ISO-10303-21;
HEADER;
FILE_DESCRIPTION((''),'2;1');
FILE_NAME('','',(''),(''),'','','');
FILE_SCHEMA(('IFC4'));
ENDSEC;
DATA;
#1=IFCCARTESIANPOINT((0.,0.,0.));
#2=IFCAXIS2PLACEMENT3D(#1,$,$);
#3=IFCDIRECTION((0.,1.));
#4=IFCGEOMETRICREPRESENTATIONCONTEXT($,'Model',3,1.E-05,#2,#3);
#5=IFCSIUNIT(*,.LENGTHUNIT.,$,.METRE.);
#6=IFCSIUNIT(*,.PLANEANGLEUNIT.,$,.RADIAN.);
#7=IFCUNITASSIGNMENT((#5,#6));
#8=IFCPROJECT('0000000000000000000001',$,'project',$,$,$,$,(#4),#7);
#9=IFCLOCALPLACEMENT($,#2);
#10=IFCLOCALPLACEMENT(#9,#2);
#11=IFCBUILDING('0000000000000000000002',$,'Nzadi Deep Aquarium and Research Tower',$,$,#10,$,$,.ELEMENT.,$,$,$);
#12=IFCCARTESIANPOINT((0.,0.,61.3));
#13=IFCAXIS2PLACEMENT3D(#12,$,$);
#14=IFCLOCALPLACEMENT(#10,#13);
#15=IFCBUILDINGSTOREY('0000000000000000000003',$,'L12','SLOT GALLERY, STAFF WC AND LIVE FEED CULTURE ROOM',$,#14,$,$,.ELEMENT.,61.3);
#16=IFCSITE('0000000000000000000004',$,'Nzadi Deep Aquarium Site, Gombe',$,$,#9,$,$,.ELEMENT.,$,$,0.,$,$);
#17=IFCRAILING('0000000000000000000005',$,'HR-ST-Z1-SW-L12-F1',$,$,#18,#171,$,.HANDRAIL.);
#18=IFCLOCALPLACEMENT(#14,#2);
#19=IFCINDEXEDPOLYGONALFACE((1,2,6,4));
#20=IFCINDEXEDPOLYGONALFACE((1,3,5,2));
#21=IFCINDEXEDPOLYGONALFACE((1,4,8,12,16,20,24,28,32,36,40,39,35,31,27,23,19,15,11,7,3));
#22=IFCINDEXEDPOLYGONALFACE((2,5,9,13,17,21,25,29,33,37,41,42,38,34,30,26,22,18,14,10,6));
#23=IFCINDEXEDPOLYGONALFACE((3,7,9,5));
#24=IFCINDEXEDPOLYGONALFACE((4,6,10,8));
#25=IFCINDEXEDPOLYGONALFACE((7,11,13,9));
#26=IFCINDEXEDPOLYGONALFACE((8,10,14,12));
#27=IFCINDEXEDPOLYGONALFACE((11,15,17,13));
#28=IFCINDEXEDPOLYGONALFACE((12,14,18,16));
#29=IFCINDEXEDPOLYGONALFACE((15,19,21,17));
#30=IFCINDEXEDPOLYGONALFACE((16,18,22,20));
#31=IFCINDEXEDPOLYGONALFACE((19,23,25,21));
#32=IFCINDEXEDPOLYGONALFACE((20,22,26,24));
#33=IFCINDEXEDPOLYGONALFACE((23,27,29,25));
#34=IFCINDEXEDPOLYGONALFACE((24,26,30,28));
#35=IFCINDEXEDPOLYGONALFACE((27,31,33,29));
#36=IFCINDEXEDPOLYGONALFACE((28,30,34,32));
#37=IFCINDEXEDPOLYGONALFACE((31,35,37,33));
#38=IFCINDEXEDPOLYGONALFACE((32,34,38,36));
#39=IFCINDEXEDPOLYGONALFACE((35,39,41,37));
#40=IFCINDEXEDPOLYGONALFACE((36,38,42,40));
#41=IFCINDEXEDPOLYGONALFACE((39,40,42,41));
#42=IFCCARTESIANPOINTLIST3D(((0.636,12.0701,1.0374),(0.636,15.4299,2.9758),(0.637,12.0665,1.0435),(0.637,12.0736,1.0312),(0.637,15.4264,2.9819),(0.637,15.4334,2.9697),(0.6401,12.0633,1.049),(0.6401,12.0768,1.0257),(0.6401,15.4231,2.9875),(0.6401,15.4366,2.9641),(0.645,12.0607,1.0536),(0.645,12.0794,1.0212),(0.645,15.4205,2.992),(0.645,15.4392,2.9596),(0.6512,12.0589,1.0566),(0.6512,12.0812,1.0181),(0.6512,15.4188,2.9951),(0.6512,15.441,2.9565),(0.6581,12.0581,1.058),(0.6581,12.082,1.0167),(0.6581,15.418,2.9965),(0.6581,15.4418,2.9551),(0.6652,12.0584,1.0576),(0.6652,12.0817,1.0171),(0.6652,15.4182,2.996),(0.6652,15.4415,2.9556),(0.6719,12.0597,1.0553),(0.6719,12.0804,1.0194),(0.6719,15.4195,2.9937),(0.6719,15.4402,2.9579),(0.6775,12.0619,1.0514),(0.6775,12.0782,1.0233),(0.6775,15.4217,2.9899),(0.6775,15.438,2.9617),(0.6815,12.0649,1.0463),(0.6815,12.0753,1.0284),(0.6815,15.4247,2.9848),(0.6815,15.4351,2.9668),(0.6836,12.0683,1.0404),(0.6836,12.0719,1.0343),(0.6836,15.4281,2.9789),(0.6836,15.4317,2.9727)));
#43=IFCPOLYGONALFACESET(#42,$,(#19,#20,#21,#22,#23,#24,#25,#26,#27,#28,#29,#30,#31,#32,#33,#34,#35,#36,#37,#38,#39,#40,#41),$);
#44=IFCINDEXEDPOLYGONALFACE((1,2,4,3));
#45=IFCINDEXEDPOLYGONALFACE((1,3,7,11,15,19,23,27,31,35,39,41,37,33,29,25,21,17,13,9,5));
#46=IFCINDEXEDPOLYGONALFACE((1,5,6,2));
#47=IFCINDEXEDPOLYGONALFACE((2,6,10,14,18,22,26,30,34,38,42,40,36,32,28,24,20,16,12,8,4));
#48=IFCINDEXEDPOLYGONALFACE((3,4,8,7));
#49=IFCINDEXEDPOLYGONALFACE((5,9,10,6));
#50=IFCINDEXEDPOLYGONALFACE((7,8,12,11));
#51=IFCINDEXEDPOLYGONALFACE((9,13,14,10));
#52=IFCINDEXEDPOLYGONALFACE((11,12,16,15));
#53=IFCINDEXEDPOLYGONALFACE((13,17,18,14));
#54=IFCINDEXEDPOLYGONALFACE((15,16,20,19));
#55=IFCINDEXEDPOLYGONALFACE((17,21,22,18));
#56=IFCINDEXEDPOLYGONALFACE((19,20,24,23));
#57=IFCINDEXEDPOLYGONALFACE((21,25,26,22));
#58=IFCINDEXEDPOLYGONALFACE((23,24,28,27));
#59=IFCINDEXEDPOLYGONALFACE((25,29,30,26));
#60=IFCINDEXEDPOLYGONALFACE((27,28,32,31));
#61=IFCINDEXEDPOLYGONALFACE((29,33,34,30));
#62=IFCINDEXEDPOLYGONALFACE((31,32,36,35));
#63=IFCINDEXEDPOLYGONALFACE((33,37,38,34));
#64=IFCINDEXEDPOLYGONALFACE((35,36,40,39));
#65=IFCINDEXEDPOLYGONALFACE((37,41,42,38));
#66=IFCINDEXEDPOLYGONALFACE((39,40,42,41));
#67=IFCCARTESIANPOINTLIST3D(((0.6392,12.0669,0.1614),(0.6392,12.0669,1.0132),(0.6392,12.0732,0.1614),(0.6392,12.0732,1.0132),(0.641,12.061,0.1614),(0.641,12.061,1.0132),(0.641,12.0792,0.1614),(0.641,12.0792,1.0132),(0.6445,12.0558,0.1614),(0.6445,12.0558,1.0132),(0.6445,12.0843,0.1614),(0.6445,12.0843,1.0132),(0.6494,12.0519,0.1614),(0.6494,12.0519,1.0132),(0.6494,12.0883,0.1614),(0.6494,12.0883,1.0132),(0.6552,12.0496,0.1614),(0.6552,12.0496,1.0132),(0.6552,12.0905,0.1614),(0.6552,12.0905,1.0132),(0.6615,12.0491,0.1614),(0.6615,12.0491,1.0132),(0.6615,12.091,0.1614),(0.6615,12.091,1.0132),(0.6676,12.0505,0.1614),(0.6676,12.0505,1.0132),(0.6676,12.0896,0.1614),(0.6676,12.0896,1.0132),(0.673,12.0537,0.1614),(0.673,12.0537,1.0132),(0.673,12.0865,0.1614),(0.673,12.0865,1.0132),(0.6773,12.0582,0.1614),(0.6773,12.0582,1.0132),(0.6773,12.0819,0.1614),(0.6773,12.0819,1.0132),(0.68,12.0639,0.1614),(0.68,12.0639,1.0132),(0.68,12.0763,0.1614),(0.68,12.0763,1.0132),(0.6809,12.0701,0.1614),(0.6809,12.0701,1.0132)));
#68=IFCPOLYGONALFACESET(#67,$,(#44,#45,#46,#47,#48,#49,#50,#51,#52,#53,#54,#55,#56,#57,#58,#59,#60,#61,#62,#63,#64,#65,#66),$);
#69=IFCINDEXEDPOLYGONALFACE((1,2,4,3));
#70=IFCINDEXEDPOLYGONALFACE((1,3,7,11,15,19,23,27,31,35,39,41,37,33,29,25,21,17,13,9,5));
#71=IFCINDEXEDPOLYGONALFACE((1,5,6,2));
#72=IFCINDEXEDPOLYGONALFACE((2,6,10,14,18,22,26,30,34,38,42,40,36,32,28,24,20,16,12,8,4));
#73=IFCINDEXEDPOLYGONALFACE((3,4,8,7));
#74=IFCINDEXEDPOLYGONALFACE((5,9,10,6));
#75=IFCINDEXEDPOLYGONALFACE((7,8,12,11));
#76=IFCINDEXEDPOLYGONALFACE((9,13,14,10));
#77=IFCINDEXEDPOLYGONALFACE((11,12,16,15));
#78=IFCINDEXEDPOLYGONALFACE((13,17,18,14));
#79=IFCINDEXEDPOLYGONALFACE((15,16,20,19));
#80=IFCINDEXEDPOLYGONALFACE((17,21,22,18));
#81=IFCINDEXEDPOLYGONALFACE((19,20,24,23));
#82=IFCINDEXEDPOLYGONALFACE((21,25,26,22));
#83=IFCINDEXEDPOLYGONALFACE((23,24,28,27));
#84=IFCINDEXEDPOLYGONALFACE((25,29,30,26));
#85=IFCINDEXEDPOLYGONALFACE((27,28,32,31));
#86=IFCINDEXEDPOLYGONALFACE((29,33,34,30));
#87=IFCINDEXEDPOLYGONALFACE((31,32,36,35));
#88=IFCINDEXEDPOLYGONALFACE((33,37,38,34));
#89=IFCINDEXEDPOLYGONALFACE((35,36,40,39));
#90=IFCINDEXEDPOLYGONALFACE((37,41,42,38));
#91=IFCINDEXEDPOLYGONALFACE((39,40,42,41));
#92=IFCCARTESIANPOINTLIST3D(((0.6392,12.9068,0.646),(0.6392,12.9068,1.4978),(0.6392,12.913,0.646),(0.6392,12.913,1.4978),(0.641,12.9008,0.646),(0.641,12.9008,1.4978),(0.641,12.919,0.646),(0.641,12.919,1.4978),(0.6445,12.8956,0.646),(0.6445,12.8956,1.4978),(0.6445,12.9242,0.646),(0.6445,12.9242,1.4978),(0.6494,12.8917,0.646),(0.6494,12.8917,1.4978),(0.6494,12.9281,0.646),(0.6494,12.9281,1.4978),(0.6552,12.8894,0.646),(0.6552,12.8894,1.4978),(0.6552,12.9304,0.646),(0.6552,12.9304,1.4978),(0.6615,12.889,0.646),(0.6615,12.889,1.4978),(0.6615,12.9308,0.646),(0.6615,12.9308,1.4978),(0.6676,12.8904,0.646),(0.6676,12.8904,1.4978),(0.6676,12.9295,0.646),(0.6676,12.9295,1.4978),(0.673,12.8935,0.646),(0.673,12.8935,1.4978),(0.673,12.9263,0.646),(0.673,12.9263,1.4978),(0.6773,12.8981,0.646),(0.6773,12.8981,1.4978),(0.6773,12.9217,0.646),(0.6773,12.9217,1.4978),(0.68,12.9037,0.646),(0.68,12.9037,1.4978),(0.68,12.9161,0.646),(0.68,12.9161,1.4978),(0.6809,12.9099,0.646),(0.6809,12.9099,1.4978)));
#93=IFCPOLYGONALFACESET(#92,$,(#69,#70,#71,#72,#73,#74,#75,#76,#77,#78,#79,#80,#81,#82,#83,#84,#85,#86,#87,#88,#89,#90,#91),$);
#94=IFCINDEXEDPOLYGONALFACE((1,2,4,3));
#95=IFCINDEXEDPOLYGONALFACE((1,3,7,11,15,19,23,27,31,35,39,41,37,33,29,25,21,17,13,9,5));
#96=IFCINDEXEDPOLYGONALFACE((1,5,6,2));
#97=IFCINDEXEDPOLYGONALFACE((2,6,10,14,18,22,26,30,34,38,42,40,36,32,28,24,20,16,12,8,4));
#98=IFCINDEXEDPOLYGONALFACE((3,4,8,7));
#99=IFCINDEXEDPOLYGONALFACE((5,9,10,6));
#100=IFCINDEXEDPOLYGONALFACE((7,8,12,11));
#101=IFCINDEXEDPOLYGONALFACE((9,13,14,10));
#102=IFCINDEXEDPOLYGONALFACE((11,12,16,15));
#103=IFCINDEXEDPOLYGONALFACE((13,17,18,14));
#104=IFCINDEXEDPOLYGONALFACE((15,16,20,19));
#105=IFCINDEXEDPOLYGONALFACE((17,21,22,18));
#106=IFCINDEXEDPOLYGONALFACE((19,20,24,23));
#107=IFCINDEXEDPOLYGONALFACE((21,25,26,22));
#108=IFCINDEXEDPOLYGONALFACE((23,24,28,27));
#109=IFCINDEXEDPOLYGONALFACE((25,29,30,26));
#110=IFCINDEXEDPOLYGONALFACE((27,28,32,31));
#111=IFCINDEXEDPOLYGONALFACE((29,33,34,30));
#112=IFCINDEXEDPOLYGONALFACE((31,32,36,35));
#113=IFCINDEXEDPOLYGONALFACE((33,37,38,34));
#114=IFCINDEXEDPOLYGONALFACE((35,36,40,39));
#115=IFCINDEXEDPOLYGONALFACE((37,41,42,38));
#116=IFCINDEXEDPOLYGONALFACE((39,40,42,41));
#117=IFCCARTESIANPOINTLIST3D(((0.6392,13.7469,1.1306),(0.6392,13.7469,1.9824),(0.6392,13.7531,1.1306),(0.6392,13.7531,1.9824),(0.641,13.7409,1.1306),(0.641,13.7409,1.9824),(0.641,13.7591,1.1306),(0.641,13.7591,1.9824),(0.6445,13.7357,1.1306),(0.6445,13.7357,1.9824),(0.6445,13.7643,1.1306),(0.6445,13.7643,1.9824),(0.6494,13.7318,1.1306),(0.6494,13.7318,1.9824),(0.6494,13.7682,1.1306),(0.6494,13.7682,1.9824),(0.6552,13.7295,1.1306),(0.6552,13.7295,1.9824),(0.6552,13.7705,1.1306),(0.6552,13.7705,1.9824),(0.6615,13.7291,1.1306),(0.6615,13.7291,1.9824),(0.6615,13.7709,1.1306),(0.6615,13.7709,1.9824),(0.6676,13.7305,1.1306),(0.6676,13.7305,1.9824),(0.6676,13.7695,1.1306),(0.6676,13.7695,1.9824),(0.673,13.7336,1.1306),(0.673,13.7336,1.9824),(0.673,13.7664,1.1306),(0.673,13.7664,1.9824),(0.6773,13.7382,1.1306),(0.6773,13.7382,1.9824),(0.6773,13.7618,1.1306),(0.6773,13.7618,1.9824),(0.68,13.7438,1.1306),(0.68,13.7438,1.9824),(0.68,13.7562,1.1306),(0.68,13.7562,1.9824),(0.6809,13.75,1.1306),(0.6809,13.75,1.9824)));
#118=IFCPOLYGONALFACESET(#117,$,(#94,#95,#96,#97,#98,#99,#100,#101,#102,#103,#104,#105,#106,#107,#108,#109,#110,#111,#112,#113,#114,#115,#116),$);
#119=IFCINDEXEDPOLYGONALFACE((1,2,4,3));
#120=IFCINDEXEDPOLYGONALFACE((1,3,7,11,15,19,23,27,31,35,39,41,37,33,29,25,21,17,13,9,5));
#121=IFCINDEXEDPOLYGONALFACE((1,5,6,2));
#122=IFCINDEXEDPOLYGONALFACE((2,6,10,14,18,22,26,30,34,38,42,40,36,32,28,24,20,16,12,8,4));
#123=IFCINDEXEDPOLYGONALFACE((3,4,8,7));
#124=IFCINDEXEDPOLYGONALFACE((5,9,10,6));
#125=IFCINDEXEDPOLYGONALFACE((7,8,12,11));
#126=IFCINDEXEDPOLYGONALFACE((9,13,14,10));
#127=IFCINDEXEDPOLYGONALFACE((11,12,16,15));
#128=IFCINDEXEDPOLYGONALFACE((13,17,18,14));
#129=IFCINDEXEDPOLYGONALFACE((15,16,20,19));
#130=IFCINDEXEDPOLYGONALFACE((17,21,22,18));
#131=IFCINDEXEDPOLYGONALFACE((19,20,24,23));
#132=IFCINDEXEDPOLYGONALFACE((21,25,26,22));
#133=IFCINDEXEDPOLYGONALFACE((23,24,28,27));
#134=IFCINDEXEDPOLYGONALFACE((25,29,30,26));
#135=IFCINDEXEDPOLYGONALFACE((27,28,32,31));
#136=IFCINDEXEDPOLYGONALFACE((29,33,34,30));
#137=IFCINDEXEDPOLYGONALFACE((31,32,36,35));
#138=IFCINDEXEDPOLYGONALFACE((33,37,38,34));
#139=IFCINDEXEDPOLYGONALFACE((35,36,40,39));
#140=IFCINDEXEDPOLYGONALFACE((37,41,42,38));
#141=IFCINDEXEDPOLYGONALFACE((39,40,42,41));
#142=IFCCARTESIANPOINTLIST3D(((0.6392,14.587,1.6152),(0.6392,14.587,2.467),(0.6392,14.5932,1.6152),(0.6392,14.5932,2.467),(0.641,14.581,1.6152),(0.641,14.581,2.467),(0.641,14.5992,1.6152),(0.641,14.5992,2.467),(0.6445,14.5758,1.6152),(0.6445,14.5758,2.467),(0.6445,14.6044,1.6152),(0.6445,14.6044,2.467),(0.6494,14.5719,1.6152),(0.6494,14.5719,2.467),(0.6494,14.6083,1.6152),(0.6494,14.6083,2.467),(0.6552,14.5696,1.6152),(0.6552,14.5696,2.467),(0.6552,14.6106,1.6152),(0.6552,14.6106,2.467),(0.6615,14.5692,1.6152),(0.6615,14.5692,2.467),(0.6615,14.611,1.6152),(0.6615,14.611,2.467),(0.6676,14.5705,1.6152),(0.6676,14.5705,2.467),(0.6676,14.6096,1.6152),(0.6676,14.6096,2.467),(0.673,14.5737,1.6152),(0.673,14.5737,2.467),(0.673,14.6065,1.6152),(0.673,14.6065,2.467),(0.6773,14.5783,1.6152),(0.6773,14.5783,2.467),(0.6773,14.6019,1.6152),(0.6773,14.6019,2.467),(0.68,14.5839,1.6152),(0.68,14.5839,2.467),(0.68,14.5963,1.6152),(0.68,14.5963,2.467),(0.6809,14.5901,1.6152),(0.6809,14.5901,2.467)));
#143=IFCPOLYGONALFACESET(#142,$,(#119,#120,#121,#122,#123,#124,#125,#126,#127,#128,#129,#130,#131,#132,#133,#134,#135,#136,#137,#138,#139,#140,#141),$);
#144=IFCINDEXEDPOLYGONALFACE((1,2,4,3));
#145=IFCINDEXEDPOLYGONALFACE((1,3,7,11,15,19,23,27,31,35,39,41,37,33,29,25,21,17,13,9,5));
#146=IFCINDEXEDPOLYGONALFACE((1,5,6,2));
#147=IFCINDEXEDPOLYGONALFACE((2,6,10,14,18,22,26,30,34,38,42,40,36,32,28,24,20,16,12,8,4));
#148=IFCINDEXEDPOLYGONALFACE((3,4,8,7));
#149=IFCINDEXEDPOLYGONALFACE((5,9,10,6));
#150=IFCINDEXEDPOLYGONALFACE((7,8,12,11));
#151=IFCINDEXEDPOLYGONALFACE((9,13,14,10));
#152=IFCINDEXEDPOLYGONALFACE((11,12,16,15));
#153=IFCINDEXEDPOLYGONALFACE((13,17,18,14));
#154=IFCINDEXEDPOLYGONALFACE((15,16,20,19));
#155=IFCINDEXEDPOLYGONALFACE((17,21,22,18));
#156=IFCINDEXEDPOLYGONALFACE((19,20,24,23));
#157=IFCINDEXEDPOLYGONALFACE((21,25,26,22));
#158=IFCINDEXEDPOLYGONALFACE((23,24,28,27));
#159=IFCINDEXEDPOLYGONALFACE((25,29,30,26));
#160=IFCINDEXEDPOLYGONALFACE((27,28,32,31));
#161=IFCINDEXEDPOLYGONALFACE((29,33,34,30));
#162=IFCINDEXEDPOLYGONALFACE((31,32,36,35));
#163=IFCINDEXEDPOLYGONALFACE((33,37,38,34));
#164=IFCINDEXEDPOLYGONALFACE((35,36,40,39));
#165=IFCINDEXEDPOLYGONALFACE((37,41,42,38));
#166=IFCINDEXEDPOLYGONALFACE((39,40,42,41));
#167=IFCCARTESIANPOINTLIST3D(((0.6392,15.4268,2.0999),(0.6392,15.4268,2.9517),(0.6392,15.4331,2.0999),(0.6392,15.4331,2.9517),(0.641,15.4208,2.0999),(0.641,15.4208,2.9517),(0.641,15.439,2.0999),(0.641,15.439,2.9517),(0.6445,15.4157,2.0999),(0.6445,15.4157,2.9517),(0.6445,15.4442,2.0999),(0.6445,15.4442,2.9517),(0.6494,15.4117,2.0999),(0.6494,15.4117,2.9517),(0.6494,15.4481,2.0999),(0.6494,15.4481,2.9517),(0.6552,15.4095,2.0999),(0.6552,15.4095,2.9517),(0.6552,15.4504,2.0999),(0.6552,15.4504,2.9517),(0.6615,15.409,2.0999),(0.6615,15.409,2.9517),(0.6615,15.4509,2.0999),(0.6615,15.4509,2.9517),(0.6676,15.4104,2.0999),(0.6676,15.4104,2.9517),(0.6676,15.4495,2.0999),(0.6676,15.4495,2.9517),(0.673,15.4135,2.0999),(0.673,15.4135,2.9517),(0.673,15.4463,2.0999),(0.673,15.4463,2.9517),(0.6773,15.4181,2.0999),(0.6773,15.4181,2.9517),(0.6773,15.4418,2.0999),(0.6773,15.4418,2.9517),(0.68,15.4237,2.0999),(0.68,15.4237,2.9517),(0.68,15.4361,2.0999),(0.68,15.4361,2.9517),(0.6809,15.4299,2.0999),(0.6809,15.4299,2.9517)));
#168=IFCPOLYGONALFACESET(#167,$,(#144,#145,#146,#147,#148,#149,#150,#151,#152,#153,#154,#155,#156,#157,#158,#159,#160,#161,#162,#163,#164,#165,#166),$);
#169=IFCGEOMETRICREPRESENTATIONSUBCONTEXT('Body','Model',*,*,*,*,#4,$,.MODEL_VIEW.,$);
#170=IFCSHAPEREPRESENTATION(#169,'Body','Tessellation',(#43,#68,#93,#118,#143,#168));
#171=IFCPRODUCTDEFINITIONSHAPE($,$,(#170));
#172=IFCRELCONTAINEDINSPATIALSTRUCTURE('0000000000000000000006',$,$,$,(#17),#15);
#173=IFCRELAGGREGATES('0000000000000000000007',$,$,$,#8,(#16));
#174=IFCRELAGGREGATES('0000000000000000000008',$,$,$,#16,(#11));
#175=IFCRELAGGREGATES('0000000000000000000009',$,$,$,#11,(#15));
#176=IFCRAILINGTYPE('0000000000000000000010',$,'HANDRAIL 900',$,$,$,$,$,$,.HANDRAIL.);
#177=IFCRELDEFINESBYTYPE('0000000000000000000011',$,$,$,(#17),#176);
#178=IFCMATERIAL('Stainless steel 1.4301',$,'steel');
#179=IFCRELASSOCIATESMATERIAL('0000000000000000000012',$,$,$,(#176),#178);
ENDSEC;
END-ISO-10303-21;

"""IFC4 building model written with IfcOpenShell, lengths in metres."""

from ifc_helpers import new_model, si_unit, direction, frame, origin, origin_2d, place, context, subcontext, project, spatial, circle, extrude, material, type_object, element, save


model = new_model("IFC4")

# Units and contexts
model_context = context("Model", 3, precision=1e-05, world=origin(), true_north=direction((0.0, 1.0)))
body_context = subcontext(model_context, "Body", "Model", "MODEL_VIEW")
ifc_project = project(units=[si_unit("LENGTHUNIT", "METRE"), si_unit("PLANEANGLEUNIT", "RADIAN")], contexts=[model_context])

# Site, building, storey
site_placement = place(None, origin())
site = spatial("IfcSite", under=ifc_project, at=site_placement, Name="Nzadi Deep Aquarium Site, Gombe", CompositionType="ELEMENT", RefElevation=0.0)
building_placement = place(site_placement, origin())
building = spatial("IfcBuilding", under=site, at=building_placement, Name="Nzadi Deep Aquarium and Research Tower", CompositionType="ELEMENT")
storey_placement = place(building_placement, frame((0.0, 0.0, 61.3)))
storey = spatial("IfcBuildingStorey", under=building, at=storey_placement, Name="L12", Description="SLOT GALLERY, STAFF WC AND LIVE FEED CULTURE ROOM", CompositionType="ELEMENT", Elevation=61.3)

# Railing
ifc_material_1 = material(Name="Stainless steel 1.4301", Category="steel")
railing_type = type_object("IfcRailingType", Name="HANDRAIL 900", PredefinedType="HANDRAIL", material=ifc_material_1)
for number, where, name in (
    (1, (0.6599, 12.0701, 0.1614), "HR-ST-Z1-SW-L12-F1"),
):
    element("IfcRailing", number, at=place(storey_placement, frame(where)), inside=storey, type_object=railing_type, Name=name, PredefinedType="HANDRAIL", context=body_context, shape_type="SweptSolid", body=[
        extrude(circle(Radius=0.0239, at=origin_2d()), frame((0.0, 0.0, 0.876), z_axis=(0.0, 0.866175, 0.499741), x_axis=(-1.0, 0.0, 0.0)), (0.0, 0.0, 1.0), 3.8789),
        extrude(circle(Radius=0.021, at=origin_2d()), origin(), (0.0, 0.0, 1.0), 0.8518),
        extrude(circle(Radius=0.021, at=origin_2d()), frame((0.0, 0.8398, 0.4846)), (0.0, 0.0, 1.0), 0.8518),
        extrude(circle(Radius=0.021, at=origin_2d()), frame((0.0, 1.6799, 0.9692)), (0.0, 0.0, 1.0), 0.8518),
        extrude(circle(Radius=0.021, at=origin_2d()), frame((0.0, 2.52, 1.4539)), (0.0, 0.0, 1.0), 0.8518),
        extrude(circle(Radius=0.021, at=origin_2d()), frame((0.0, 3.3599, 1.9385)), (0.0, 0.0, 1.0), 0.8518),
    ])

save(model, "model.ifc")
